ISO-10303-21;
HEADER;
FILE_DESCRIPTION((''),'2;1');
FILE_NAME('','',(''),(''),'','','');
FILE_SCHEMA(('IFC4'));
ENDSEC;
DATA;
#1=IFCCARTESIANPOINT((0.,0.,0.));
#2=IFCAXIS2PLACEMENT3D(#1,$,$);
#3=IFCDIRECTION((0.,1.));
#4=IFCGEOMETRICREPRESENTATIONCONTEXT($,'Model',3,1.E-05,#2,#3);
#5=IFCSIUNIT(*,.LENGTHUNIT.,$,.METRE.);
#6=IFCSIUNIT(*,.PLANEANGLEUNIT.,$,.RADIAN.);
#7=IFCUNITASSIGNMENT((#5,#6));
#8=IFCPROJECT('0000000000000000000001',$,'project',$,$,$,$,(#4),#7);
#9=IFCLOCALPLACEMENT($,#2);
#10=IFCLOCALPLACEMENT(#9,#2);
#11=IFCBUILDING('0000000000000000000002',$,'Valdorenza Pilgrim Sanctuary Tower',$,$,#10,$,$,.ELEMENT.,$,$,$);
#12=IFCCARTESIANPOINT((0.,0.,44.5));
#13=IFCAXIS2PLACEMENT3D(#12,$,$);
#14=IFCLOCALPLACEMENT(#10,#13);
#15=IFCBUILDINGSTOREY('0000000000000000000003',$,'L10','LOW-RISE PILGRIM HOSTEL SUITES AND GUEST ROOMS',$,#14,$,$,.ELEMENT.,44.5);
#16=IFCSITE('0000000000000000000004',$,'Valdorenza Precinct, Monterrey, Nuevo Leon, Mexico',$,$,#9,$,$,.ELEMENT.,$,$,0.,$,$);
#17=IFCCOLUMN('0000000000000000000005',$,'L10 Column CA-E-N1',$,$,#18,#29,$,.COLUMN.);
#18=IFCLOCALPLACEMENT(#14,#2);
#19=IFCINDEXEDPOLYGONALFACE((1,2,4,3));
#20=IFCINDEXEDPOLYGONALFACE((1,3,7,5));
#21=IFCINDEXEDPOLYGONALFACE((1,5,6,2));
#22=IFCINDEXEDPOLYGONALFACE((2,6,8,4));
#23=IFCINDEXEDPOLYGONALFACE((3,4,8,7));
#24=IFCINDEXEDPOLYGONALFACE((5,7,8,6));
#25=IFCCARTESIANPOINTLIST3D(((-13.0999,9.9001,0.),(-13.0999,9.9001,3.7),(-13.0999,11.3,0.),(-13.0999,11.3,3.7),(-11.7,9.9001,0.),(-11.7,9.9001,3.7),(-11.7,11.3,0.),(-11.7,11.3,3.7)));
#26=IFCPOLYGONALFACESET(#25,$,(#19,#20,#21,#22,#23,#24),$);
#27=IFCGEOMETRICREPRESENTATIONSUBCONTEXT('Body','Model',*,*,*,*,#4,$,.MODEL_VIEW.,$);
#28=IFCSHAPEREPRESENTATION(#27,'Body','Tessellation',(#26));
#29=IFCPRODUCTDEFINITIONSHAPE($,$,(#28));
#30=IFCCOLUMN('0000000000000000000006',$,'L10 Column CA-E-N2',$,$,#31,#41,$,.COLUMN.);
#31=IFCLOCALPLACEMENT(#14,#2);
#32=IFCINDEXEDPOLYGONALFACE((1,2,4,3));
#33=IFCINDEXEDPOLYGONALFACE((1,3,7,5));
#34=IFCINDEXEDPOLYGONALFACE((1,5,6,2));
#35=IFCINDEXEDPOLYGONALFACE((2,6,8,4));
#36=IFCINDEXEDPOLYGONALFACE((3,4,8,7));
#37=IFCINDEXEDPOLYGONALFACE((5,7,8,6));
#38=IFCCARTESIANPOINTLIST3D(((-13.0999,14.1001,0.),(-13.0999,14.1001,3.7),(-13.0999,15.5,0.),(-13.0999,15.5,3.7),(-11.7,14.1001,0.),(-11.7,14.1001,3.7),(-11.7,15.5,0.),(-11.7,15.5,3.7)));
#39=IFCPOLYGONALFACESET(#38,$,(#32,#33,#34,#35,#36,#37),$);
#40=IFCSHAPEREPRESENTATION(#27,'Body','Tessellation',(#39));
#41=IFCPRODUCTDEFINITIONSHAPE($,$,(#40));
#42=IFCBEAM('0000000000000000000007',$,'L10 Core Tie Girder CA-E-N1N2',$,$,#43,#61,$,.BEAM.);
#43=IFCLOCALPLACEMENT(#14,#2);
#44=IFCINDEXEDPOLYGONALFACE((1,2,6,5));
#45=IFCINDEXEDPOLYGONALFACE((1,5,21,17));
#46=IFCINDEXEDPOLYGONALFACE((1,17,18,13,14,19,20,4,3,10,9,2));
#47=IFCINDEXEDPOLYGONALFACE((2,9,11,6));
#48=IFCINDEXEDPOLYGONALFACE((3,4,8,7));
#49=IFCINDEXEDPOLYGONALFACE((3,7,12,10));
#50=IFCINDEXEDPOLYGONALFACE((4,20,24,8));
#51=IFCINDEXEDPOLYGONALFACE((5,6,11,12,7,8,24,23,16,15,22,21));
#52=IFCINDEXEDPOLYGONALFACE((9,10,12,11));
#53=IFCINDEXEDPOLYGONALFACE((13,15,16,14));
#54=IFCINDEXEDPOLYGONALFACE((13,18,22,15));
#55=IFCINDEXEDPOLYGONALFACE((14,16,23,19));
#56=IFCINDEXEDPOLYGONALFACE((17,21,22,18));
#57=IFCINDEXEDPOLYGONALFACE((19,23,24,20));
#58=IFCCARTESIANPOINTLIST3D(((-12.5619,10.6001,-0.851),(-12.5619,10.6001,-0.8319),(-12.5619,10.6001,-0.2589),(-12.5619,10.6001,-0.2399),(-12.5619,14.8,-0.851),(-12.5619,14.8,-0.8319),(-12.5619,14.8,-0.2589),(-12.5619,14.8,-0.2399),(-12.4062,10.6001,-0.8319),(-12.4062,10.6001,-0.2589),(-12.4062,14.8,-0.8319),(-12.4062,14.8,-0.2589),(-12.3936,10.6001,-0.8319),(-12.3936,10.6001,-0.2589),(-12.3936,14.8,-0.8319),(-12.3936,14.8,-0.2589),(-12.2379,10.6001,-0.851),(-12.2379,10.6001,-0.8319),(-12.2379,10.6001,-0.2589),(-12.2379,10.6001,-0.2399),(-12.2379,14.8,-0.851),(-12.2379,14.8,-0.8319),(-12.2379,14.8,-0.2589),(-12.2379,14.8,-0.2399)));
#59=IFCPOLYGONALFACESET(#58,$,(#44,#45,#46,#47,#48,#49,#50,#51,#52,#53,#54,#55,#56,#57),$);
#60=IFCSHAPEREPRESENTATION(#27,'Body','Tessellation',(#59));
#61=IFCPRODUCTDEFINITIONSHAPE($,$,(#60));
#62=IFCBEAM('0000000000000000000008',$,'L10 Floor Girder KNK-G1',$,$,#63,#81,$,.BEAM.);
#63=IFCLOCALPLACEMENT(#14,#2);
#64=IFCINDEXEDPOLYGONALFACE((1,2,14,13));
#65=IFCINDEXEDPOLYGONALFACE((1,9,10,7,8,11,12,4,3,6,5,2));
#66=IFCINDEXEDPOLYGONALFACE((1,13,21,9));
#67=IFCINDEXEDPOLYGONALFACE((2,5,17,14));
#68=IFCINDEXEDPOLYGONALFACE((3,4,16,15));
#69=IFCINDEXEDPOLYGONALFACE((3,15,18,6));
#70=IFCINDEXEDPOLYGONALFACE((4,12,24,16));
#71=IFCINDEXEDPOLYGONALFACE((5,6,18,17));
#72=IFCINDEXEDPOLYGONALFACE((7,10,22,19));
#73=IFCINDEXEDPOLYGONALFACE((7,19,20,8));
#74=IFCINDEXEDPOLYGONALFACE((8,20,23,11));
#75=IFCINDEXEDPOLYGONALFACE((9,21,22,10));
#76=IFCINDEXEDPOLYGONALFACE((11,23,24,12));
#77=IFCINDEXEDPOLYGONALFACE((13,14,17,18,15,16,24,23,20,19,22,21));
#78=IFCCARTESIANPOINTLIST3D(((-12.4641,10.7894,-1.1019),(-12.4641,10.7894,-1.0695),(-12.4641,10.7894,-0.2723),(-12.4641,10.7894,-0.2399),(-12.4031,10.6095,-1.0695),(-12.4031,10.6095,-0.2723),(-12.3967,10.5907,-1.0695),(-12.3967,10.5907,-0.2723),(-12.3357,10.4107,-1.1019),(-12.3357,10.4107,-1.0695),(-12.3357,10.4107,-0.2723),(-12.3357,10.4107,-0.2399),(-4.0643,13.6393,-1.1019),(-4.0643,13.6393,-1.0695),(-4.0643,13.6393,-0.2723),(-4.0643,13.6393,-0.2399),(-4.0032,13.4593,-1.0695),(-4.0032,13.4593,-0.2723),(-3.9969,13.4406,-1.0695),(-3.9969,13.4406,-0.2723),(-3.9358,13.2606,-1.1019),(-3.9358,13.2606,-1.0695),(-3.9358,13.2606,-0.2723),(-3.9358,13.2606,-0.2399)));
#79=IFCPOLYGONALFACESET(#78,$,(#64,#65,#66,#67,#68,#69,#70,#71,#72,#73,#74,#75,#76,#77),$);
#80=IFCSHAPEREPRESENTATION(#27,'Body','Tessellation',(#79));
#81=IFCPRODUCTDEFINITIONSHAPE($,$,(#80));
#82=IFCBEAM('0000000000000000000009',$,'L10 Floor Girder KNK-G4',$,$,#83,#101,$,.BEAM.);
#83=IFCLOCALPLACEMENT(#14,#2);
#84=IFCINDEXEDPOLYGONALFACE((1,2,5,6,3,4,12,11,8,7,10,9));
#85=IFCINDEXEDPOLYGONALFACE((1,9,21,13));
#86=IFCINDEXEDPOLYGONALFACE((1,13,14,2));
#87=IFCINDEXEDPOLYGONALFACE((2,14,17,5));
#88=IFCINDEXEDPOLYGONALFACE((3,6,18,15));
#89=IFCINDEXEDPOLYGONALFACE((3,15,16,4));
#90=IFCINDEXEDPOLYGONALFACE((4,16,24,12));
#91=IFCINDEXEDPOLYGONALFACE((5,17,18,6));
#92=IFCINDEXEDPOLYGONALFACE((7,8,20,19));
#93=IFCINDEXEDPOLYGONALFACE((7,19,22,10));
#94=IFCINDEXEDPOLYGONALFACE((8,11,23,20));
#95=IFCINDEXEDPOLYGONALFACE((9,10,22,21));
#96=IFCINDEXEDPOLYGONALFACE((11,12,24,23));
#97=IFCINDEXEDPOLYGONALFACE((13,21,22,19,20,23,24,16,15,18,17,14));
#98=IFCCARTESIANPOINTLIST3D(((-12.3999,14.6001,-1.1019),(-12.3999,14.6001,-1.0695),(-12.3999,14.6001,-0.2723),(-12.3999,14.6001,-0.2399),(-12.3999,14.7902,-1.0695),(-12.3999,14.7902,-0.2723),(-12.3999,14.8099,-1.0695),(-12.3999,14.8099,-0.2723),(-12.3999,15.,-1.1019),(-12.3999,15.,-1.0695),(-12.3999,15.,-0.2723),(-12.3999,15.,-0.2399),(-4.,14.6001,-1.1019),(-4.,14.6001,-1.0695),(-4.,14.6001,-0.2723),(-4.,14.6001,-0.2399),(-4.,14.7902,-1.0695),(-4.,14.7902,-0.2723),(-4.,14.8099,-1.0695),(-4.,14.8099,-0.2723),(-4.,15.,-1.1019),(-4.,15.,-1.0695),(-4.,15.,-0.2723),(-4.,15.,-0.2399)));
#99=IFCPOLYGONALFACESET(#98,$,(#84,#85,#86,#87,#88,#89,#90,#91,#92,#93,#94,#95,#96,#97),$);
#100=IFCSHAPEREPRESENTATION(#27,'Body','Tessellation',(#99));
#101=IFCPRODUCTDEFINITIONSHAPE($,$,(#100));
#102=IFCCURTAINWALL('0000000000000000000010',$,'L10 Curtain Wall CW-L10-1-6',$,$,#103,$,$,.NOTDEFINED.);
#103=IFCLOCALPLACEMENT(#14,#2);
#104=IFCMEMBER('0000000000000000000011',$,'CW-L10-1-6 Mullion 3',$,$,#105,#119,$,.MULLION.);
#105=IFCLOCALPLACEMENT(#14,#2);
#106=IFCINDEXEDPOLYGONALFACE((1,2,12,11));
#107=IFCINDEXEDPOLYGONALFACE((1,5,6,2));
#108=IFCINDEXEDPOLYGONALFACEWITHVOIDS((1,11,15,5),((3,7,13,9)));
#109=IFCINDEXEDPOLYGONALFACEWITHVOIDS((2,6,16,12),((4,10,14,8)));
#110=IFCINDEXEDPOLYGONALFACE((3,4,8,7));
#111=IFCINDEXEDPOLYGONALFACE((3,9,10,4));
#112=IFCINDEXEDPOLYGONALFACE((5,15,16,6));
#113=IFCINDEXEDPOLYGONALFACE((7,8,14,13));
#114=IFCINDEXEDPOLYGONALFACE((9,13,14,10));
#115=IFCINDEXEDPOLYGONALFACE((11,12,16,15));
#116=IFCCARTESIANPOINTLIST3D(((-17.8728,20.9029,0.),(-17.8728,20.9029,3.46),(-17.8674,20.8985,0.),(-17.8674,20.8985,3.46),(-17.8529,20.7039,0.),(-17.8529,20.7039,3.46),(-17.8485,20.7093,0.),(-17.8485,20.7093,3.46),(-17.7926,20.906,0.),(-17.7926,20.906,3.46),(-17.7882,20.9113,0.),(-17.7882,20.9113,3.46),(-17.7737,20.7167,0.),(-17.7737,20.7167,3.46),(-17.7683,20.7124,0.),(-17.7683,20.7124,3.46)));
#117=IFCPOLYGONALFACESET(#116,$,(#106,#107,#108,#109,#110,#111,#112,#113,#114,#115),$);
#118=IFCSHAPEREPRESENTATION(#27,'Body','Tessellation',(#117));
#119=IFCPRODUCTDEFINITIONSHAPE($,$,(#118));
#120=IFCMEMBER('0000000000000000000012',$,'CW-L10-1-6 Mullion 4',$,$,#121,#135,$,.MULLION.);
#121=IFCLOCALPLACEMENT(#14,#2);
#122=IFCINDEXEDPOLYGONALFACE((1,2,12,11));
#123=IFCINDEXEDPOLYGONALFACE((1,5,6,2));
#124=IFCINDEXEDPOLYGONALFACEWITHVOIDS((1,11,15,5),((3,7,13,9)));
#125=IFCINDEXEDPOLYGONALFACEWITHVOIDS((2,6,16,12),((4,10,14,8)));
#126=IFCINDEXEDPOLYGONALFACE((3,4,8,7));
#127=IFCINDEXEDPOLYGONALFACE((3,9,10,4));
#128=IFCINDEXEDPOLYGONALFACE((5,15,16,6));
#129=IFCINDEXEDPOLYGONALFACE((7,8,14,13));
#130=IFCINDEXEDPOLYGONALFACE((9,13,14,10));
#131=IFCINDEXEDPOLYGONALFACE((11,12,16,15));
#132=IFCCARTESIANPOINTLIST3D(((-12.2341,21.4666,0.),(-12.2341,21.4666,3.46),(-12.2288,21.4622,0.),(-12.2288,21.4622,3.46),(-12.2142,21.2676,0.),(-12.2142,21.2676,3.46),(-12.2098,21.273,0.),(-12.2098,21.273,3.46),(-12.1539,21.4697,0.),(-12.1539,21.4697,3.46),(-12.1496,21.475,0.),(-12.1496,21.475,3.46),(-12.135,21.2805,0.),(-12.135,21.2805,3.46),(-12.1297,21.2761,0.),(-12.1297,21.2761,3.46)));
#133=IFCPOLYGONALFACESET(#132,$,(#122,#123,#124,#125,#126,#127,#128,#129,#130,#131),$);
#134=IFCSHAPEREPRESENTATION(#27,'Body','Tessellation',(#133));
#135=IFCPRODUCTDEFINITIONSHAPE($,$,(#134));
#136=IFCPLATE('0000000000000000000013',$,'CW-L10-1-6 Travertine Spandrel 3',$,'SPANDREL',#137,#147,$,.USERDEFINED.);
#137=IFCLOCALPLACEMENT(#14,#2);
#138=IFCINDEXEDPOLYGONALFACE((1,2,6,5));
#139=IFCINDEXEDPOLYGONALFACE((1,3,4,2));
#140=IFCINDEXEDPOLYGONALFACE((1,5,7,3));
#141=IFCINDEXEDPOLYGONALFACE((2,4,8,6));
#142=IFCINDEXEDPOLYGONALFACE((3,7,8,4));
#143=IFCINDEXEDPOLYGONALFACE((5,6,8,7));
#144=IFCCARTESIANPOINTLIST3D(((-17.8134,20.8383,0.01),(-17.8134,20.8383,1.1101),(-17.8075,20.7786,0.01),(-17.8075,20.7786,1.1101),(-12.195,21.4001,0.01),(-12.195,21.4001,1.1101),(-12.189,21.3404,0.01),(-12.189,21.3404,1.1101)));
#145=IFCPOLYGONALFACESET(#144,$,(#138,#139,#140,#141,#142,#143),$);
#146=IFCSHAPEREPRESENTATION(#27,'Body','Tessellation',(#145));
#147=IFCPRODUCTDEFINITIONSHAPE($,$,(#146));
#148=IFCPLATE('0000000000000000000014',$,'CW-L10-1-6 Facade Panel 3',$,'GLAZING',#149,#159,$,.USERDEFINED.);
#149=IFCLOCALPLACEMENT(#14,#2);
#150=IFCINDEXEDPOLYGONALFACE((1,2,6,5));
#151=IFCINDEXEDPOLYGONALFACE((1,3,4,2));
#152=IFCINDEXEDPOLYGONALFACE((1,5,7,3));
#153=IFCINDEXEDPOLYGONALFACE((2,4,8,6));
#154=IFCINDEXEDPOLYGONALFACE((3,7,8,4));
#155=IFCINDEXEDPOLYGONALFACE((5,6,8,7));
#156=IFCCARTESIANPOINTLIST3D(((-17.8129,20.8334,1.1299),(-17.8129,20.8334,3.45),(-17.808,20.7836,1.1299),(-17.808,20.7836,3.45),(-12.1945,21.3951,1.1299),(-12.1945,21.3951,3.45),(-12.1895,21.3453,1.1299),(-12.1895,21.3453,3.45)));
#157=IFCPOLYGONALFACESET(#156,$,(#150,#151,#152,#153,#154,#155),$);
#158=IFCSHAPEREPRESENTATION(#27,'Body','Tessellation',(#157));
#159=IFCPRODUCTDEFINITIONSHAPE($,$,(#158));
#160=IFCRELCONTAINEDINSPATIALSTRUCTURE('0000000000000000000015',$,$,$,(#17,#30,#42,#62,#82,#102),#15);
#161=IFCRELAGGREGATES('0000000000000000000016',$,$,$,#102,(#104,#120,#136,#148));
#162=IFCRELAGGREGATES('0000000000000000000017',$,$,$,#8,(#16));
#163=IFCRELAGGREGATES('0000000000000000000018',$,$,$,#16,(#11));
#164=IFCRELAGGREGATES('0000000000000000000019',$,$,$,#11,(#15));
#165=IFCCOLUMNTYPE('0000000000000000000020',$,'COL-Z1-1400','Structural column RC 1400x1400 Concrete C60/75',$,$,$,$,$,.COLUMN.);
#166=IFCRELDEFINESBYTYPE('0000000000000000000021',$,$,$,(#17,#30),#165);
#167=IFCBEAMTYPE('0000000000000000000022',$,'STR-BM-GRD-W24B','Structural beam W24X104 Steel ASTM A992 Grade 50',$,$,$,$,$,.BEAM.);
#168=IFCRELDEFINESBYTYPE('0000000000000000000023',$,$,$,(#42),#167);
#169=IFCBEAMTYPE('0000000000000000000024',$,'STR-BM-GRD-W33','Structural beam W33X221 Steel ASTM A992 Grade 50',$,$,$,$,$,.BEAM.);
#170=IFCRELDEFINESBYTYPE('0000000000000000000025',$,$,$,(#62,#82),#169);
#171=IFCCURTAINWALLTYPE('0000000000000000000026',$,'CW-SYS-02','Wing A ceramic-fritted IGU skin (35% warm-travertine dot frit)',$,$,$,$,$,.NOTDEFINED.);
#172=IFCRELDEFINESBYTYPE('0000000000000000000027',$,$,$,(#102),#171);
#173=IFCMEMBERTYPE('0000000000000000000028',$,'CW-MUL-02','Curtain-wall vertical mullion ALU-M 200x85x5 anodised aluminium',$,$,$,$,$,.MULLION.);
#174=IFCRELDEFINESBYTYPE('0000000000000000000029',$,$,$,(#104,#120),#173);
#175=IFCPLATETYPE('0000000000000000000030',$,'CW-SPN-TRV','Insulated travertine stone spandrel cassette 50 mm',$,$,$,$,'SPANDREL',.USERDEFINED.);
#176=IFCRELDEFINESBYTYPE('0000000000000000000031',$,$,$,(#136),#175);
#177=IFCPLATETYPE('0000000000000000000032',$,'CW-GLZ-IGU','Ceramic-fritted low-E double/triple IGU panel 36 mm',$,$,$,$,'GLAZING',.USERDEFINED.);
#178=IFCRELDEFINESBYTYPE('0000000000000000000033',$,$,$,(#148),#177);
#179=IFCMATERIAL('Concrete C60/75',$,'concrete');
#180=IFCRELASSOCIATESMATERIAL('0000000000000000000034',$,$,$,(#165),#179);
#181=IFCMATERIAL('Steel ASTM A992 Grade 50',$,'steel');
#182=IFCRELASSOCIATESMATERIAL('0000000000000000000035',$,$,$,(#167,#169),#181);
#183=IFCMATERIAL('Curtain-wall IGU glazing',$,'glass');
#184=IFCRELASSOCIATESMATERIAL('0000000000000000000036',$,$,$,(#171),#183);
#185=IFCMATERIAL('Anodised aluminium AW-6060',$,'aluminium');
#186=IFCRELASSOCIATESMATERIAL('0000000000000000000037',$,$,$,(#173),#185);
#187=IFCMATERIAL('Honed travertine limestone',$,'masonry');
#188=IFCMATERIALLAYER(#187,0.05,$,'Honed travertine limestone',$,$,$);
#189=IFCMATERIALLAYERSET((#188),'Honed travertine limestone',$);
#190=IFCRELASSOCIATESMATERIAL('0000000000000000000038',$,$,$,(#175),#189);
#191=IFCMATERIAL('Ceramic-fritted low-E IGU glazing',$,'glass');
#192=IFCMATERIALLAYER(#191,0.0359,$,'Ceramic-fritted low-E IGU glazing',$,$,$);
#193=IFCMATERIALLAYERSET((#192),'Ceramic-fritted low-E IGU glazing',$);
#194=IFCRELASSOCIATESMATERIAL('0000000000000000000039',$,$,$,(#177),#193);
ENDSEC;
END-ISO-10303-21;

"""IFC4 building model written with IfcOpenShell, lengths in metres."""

from ifc_helpers import new_model, si_unit, direction, frame, origin, origin_2d, place, context, subcontext, project, spatial, rectangle, hollow_rectangle, i_section, extrude, source, transform, mapped, material, layer, layer_set, material_profile, profile_set, type_object, element, aggregate, save


model = new_model("IFC4")

# Units and contexts
model_context = context("Model", 3, precision=1e-05, world=origin(), true_north=direction((0.0, 1.0)))
body_context = subcontext(model_context, "Body", "Model", "MODEL_VIEW")
ifc_project = project(units=[si_unit("LENGTHUNIT", "METRE"), si_unit("PLANEANGLEUNIT", "RADIAN")], contexts=[model_context])

# Site, building, storey
site_placement = place(None, origin())
site = spatial("IfcSite", under=ifc_project, at=site_placement, Name="Valdorenza Precinct, Monterrey, Nuevo Leon, Mexico", CompositionType="ELEMENT", RefElevation=0.0)
building_placement = place(site_placement, origin())
building = spatial("IfcBuilding", under=site, at=building_placement, Name="Valdorenza Pilgrim Sanctuary Tower", CompositionType="ELEMENT")
storey_placement = place(building_placement, frame((0.0, 0.0, 44.5)))
storey = spatial("IfcBuildingStorey", under=building, at=storey_placement, Name="L10", Description="LOW-RISE PILGRIM HOSTEL SUITES AND GUEST ROOMS", CompositionType="ELEMENT", Elevation=44.5)

# Columns
ifc_material_1 = material(Name="Concrete C60/75", Category="concrete")
ifc_material_profile_1 = material_profile(ifc_material_1, rectangle(XDim=1.3999, YDim=1.3999, at=origin_2d()), Name="RC 1400x1400")
ifc_profile_set_1 = profile_set([ifc_material_profile_1], Name="Concrete C60/75")
column_type = type_object("IfcColumnType", Name="COL-Z1-1400", Description="Structural column RC 1400x1400 Concrete C60/75", PredefinedType="COLUMN", material=ifc_profile_set_1)
shared_shape_1 = source(origin(), body_context, "Body", "SweptSolid", [
    extrude(rectangle(XDim=1.3999, YDim=1.3999, at=origin_2d()), origin(), (0.0, 0.0, 1.0), 3.7),
])
for number, where, z_axis, x_axis, name in (
    (1, (-12.3999, 10.6001, 0.0), (0.0, 0.0, 1.0), (1.0, 0.0, 0.0), "L10 Column CA-E-N1"),
    (2, (-12.3999, 14.8, 0.0), (0.0, 0.0, 1.0), (1.0, 0.0, 0.0), "L10 Column CA-E-N2"),
):
    element("IfcColumn", number, at=place(storey_placement, frame(where, z_axis=z_axis, x_axis=x_axis)), inside=storey, type_object=column_type, Name=name, PredefinedType="COLUMN", context=body_context, shape_type="MappedRepresentation", body=[
        mapped(shared_shape_1, transform((0.0, 0.0, 0.0), x_axis=(1.0, 0.0, 0.0), y_axis=(0.0, 1.0, 0.0), z_axis=(0.0, 0.0, 1.0), scale=1.0)),
    ])

# Beams
ifc_material_2 = material(Name="Steel ASTM A992 Grade 50", Category="steel")
ifc_material_profile_2 = material_profile(ifc_material_2, i_section(OverallWidth=0.324, OverallDepth=0.6111, WebThickness=0.0127, FlangeThickness=0.019, at=origin_2d()), Name="W24X104")
ifc_profile_set_2 = profile_set([ifc_material_profile_2], Name="Steel ASTM A992 Grade 50")
beam_type_1 = type_object("IfcBeamType", Name="STR-BM-GRD-W24B", Description="Structural beam W24X104 Steel ASTM A992 Grade 50", PredefinedType="BEAM", material=ifc_profile_set_2)
shared_shape_2 = source(origin(), body_context, "Body", "SweptSolid", [
    extrude(i_section(OverallWidth=0.324, OverallDepth=0.6111, WebThickness=0.0127, FlangeThickness=0.019, at=origin_2d()), origin(), (0.0, 0.0, 1.0), 4.2),
])
beam_1_placement = place(storey_placement, frame((-12.3999, 10.6001, -0.5454), z_axis=(0.0, 1.0, 0.0), x_axis=(-1.0, 0.0, 0.0)))
element("IfcBeam", 3, at=beam_1_placement, inside=storey, type_object=beam_type_1, Name="L10 Core Tie Girder CA-E-N1N2", PredefinedType="BEAM", context=body_context, shape_type="MappedRepresentation", body=[
    mapped(shared_shape_2, transform((0.0, 0.0, 0.0), x_axis=(1.0, 0.0, 0.0), y_axis=(0.0, 1.0, 0.0), z_axis=(0.0, 0.0, 1.0), scale=1.0)),
])
ifc_material_profile_3 = material_profile(ifc_material_2, i_section(OverallWidth=0.3999, OverallDepth=0.8621, WebThickness=0.0198, FlangeThickness=0.0325, at=origin_2d()), Name="W33X221")
ifc_profile_set_3 = profile_set([ifc_material_profile_3], Name="Steel ASTM A992 Grade 50")
beam_type_2 = type_object("IfcBeamType", Name="STR-BM-GRD-W33", Description="Structural beam W33X221 Steel ASTM A992 Grade 50", PredefinedType="BEAM", material=ifc_profile_set_3)
shared_shape_3 = source(origin(), body_context, "Body", "SweptSolid", [
    extrude(i_section(OverallWidth=0.3999, OverallDepth=0.8621, WebThickness=0.0198, FlangeThickness=0.0325, at=origin_2d()), origin(), (0.0, 0.0, 1.0), 8.8701),
])
beam_2_placement = place(storey_placement, frame((-12.3999, 10.6001, -0.6709), z_axis=(0.946983, 0.321285, 0.0), x_axis=(-0.321285, 0.946983, 0.0)))
element("IfcBeam", 4, at=beam_2_placement, inside=storey, type_object=beam_type_2, Name="L10 Floor Girder KNK-G1", PredefinedType="BEAM", context=body_context, shape_type="MappedRepresentation", body=[
    mapped(shared_shape_3, transform((0.0, 0.0, 0.0), x_axis=(1.0, 0.0, 0.0), y_axis=(0.0, 1.0, 0.0), z_axis=(0.0, 0.0, 1.0), scale=1.0)),
])
shared_shape_4 = source(origin(), body_context, "Body", "SweptSolid", [
    extrude(i_section(OverallWidth=0.3999, OverallDepth=0.8621, WebThickness=0.0198, FlangeThickness=0.0325, at=origin_2d()), origin(), (0.0, 0.0, 1.0), 8.3999),
])
beam_3_placement = place(storey_placement, frame((-12.3999, 14.8, -0.6709), z_axis=(1.0, 0.0, 0.0), x_axis=(0.0, 1.0, 0.0)))
element("IfcBeam", 5, at=beam_3_placement, inside=storey, type_object=beam_type_2, Name="L10 Floor Girder KNK-G4", PredefinedType="BEAM", context=body_context, shape_type="MappedRepresentation", body=[
    mapped(shared_shape_4, transform((0.0, 0.0, 0.0), x_axis=(1.0, 0.0, 0.0), y_axis=(0.0, 1.0, 0.0), z_axis=(0.0, 0.0, 1.0), scale=1.0)),
])

# Curtain wall, members, plates
ifc_material_3 = material(Name="Curtain-wall IGU glazing", Category="glass")
curtain_wall_type = type_object("IfcCurtainWallType", Name="CW-SYS-02", Description="Wing A ceramic-fritted IGU skin (35% warm-travertine dot frit)", PredefinedType="NOTDEFINED", material=ifc_material_3)
curtain_wall_placement = place(storey_placement, origin())
curtain_wall = element("IfcCurtainWall", 6, at=curtain_wall_placement, inside=storey, type_object=curtain_wall_type, Name="L10 Curtain Wall CW-L10-1-6", PredefinedType="NOTDEFINED")
ifc_material_4 = material(Name="Anodised aluminium AW-6060", Category="aluminium")
ifc_material_profile_4 = material_profile(ifc_material_4, hollow_rectangle(XDim=0.085, YDim=0.2, WallThickness=0.0049, at=origin_2d()), Name="ALU-M 200x85x5")
ifc_profile_set_4 = profile_set([ifc_material_profile_4], Name="Anodised aluminium AW-6060")
member_type = type_object("IfcMemberType", Name="CW-MUL-02", Description="Curtain-wall vertical mullion ALU-M 200x85x5 anodised aluminium", PredefinedType="MULLION", material=ifc_profile_set_4)
shared_shape_5 = source(origin(), body_context, "Body", "SweptSolid", [
    extrude(hollow_rectangle(XDim=0.085, YDim=0.2, WallThickness=0.0049, at=origin_2d()), origin(), (0.0, 0.0, 1.0), 3.46),
])
member_1_placement = place(storey_placement, frame((-17.8206, 20.8076, 0.0), z_axis=(0.0, 0.0, 1.0), x_axis=(0.995038, 0.099493, 0.0)))
member_1 = element("IfcMember", 7, at=member_1_placement, type_object=member_type, Name="CW-L10-1-6 Mullion 3", PredefinedType="MULLION", context=body_context, shape_type="MappedRepresentation", body=[
    mapped(shared_shape_5, transform((0.0, 0.0, 0.0), x_axis=(1.0, 0.0, 0.0), y_axis=(0.0, 1.0, 0.0), z_axis=(0.0, 0.0, 1.0), scale=1.0)),
])
member_2_placement = place(storey_placement, frame((-12.1819, 21.3713, 0.0), z_axis=(0.0, 0.0, 1.0), x_axis=(0.995038, 0.099493, 0.0)))
member_2 = element("IfcMember", 8, at=member_2_placement, type_object=member_type, Name="CW-L10-1-6 Mullion 4", PredefinedType="MULLION", context=body_context, shape_type="MappedRepresentation", body=[
    mapped(shared_shape_5, transform((0.0, 0.0, 0.0), x_axis=(1.0, 0.0, 0.0), y_axis=(0.0, 1.0, 0.0), z_axis=(0.0, 0.0, 1.0), scale=1.0)),
])
ifc_material_5 = material(Name="Honed travertine limestone", Category="masonry")
ifc_layer_1 = layer(ifc_material_5, 0.05, Name="Honed travertine limestone")
ifc_layer_set_1 = layer_set([ifc_layer_1], Name="Honed travertine limestone")
plate_type_1 = type_object("IfcPlateType", Name="CW-SPN-TRV", Description="Insulated travertine stone spandrel cassette 50 mm", ElementType="SPANDREL", PredefinedType="USERDEFINED", material=ifc_layer_set_1)
shared_shape_6 = source(origin(), body_context, "Body", "SweptSolid", [
    extrude(rectangle(XDim=5.6465, YDim=0.0601, at=origin_2d()), origin(), (0.0, 0.0, 1.0), 1.1001),
])
plate_1_placement = place(storey_placement, frame((-15.0012, 21.0894, 0.01), z_axis=(0.0, 0.0, 1.0), x_axis=(0.995038, 0.099493, 0.0)))
plate_1 = element("IfcPlate", 9, at=plate_1_placement, type_object=plate_type_1, Name="CW-L10-1-6 Travertine Spandrel 3", ObjectType="SPANDREL", PredefinedType="USERDEFINED", context=body_context, shape_type="MappedRepresentation", body=[
    mapped(shared_shape_6, transform((0.0, 0.0, 0.0), x_axis=(1.0, 0.0, 0.0), y_axis=(0.0, 1.0, 0.0), z_axis=(0.0, 0.0, 1.0), scale=1.0)),
])
ifc_material_6 = material(Name="Ceramic-fritted low-E IGU glazing", Category="glass")
ifc_layer_2 = layer(ifc_material_6, 0.0359, Name="Ceramic-fritted low-E IGU glazing")
ifc_layer_set_2 = layer_set([ifc_layer_2], Name="Ceramic-fritted low-E IGU glazing")
plate_type_2 = type_object("IfcPlateType", Name="CW-GLZ-IGU", Description="Ceramic-fritted low-E double/triple IGU panel 36 mm", ElementType="GLAZING", PredefinedType="USERDEFINED", material=ifc_layer_set_2)
shared_shape_7 = source(origin(), body_context, "Body", "SweptSolid", [
    extrude(rectangle(XDim=5.6465, YDim=0.05, at=origin_2d()), origin(), (0.0, 0.0, 1.0), 2.3201),
])
plate_2_placement = place(storey_placement, frame((-15.0012, 21.0894, 1.1299), z_axis=(0.0, 0.0, 1.0), x_axis=(0.995038, 0.099493, 0.0)))
plate_2 = element("IfcPlate", 10, at=plate_2_placement, type_object=plate_type_2, Name="CW-L10-1-6 Facade Panel 3", ObjectType="GLAZING", PredefinedType="USERDEFINED", context=body_context, shape_type="MappedRepresentation", body=[
    mapped(shared_shape_7, transform((0.0, 0.0, 0.0), x_axis=(1.0, 0.0, 0.0), y_axis=(0.0, 1.0, 0.0), z_axis=(0.0, 0.0, 1.0), scale=1.0)),
])
aggregate(curtain_wall, [member_1, member_2, plate_1, plate_2])

save(model, "model.ifc")
